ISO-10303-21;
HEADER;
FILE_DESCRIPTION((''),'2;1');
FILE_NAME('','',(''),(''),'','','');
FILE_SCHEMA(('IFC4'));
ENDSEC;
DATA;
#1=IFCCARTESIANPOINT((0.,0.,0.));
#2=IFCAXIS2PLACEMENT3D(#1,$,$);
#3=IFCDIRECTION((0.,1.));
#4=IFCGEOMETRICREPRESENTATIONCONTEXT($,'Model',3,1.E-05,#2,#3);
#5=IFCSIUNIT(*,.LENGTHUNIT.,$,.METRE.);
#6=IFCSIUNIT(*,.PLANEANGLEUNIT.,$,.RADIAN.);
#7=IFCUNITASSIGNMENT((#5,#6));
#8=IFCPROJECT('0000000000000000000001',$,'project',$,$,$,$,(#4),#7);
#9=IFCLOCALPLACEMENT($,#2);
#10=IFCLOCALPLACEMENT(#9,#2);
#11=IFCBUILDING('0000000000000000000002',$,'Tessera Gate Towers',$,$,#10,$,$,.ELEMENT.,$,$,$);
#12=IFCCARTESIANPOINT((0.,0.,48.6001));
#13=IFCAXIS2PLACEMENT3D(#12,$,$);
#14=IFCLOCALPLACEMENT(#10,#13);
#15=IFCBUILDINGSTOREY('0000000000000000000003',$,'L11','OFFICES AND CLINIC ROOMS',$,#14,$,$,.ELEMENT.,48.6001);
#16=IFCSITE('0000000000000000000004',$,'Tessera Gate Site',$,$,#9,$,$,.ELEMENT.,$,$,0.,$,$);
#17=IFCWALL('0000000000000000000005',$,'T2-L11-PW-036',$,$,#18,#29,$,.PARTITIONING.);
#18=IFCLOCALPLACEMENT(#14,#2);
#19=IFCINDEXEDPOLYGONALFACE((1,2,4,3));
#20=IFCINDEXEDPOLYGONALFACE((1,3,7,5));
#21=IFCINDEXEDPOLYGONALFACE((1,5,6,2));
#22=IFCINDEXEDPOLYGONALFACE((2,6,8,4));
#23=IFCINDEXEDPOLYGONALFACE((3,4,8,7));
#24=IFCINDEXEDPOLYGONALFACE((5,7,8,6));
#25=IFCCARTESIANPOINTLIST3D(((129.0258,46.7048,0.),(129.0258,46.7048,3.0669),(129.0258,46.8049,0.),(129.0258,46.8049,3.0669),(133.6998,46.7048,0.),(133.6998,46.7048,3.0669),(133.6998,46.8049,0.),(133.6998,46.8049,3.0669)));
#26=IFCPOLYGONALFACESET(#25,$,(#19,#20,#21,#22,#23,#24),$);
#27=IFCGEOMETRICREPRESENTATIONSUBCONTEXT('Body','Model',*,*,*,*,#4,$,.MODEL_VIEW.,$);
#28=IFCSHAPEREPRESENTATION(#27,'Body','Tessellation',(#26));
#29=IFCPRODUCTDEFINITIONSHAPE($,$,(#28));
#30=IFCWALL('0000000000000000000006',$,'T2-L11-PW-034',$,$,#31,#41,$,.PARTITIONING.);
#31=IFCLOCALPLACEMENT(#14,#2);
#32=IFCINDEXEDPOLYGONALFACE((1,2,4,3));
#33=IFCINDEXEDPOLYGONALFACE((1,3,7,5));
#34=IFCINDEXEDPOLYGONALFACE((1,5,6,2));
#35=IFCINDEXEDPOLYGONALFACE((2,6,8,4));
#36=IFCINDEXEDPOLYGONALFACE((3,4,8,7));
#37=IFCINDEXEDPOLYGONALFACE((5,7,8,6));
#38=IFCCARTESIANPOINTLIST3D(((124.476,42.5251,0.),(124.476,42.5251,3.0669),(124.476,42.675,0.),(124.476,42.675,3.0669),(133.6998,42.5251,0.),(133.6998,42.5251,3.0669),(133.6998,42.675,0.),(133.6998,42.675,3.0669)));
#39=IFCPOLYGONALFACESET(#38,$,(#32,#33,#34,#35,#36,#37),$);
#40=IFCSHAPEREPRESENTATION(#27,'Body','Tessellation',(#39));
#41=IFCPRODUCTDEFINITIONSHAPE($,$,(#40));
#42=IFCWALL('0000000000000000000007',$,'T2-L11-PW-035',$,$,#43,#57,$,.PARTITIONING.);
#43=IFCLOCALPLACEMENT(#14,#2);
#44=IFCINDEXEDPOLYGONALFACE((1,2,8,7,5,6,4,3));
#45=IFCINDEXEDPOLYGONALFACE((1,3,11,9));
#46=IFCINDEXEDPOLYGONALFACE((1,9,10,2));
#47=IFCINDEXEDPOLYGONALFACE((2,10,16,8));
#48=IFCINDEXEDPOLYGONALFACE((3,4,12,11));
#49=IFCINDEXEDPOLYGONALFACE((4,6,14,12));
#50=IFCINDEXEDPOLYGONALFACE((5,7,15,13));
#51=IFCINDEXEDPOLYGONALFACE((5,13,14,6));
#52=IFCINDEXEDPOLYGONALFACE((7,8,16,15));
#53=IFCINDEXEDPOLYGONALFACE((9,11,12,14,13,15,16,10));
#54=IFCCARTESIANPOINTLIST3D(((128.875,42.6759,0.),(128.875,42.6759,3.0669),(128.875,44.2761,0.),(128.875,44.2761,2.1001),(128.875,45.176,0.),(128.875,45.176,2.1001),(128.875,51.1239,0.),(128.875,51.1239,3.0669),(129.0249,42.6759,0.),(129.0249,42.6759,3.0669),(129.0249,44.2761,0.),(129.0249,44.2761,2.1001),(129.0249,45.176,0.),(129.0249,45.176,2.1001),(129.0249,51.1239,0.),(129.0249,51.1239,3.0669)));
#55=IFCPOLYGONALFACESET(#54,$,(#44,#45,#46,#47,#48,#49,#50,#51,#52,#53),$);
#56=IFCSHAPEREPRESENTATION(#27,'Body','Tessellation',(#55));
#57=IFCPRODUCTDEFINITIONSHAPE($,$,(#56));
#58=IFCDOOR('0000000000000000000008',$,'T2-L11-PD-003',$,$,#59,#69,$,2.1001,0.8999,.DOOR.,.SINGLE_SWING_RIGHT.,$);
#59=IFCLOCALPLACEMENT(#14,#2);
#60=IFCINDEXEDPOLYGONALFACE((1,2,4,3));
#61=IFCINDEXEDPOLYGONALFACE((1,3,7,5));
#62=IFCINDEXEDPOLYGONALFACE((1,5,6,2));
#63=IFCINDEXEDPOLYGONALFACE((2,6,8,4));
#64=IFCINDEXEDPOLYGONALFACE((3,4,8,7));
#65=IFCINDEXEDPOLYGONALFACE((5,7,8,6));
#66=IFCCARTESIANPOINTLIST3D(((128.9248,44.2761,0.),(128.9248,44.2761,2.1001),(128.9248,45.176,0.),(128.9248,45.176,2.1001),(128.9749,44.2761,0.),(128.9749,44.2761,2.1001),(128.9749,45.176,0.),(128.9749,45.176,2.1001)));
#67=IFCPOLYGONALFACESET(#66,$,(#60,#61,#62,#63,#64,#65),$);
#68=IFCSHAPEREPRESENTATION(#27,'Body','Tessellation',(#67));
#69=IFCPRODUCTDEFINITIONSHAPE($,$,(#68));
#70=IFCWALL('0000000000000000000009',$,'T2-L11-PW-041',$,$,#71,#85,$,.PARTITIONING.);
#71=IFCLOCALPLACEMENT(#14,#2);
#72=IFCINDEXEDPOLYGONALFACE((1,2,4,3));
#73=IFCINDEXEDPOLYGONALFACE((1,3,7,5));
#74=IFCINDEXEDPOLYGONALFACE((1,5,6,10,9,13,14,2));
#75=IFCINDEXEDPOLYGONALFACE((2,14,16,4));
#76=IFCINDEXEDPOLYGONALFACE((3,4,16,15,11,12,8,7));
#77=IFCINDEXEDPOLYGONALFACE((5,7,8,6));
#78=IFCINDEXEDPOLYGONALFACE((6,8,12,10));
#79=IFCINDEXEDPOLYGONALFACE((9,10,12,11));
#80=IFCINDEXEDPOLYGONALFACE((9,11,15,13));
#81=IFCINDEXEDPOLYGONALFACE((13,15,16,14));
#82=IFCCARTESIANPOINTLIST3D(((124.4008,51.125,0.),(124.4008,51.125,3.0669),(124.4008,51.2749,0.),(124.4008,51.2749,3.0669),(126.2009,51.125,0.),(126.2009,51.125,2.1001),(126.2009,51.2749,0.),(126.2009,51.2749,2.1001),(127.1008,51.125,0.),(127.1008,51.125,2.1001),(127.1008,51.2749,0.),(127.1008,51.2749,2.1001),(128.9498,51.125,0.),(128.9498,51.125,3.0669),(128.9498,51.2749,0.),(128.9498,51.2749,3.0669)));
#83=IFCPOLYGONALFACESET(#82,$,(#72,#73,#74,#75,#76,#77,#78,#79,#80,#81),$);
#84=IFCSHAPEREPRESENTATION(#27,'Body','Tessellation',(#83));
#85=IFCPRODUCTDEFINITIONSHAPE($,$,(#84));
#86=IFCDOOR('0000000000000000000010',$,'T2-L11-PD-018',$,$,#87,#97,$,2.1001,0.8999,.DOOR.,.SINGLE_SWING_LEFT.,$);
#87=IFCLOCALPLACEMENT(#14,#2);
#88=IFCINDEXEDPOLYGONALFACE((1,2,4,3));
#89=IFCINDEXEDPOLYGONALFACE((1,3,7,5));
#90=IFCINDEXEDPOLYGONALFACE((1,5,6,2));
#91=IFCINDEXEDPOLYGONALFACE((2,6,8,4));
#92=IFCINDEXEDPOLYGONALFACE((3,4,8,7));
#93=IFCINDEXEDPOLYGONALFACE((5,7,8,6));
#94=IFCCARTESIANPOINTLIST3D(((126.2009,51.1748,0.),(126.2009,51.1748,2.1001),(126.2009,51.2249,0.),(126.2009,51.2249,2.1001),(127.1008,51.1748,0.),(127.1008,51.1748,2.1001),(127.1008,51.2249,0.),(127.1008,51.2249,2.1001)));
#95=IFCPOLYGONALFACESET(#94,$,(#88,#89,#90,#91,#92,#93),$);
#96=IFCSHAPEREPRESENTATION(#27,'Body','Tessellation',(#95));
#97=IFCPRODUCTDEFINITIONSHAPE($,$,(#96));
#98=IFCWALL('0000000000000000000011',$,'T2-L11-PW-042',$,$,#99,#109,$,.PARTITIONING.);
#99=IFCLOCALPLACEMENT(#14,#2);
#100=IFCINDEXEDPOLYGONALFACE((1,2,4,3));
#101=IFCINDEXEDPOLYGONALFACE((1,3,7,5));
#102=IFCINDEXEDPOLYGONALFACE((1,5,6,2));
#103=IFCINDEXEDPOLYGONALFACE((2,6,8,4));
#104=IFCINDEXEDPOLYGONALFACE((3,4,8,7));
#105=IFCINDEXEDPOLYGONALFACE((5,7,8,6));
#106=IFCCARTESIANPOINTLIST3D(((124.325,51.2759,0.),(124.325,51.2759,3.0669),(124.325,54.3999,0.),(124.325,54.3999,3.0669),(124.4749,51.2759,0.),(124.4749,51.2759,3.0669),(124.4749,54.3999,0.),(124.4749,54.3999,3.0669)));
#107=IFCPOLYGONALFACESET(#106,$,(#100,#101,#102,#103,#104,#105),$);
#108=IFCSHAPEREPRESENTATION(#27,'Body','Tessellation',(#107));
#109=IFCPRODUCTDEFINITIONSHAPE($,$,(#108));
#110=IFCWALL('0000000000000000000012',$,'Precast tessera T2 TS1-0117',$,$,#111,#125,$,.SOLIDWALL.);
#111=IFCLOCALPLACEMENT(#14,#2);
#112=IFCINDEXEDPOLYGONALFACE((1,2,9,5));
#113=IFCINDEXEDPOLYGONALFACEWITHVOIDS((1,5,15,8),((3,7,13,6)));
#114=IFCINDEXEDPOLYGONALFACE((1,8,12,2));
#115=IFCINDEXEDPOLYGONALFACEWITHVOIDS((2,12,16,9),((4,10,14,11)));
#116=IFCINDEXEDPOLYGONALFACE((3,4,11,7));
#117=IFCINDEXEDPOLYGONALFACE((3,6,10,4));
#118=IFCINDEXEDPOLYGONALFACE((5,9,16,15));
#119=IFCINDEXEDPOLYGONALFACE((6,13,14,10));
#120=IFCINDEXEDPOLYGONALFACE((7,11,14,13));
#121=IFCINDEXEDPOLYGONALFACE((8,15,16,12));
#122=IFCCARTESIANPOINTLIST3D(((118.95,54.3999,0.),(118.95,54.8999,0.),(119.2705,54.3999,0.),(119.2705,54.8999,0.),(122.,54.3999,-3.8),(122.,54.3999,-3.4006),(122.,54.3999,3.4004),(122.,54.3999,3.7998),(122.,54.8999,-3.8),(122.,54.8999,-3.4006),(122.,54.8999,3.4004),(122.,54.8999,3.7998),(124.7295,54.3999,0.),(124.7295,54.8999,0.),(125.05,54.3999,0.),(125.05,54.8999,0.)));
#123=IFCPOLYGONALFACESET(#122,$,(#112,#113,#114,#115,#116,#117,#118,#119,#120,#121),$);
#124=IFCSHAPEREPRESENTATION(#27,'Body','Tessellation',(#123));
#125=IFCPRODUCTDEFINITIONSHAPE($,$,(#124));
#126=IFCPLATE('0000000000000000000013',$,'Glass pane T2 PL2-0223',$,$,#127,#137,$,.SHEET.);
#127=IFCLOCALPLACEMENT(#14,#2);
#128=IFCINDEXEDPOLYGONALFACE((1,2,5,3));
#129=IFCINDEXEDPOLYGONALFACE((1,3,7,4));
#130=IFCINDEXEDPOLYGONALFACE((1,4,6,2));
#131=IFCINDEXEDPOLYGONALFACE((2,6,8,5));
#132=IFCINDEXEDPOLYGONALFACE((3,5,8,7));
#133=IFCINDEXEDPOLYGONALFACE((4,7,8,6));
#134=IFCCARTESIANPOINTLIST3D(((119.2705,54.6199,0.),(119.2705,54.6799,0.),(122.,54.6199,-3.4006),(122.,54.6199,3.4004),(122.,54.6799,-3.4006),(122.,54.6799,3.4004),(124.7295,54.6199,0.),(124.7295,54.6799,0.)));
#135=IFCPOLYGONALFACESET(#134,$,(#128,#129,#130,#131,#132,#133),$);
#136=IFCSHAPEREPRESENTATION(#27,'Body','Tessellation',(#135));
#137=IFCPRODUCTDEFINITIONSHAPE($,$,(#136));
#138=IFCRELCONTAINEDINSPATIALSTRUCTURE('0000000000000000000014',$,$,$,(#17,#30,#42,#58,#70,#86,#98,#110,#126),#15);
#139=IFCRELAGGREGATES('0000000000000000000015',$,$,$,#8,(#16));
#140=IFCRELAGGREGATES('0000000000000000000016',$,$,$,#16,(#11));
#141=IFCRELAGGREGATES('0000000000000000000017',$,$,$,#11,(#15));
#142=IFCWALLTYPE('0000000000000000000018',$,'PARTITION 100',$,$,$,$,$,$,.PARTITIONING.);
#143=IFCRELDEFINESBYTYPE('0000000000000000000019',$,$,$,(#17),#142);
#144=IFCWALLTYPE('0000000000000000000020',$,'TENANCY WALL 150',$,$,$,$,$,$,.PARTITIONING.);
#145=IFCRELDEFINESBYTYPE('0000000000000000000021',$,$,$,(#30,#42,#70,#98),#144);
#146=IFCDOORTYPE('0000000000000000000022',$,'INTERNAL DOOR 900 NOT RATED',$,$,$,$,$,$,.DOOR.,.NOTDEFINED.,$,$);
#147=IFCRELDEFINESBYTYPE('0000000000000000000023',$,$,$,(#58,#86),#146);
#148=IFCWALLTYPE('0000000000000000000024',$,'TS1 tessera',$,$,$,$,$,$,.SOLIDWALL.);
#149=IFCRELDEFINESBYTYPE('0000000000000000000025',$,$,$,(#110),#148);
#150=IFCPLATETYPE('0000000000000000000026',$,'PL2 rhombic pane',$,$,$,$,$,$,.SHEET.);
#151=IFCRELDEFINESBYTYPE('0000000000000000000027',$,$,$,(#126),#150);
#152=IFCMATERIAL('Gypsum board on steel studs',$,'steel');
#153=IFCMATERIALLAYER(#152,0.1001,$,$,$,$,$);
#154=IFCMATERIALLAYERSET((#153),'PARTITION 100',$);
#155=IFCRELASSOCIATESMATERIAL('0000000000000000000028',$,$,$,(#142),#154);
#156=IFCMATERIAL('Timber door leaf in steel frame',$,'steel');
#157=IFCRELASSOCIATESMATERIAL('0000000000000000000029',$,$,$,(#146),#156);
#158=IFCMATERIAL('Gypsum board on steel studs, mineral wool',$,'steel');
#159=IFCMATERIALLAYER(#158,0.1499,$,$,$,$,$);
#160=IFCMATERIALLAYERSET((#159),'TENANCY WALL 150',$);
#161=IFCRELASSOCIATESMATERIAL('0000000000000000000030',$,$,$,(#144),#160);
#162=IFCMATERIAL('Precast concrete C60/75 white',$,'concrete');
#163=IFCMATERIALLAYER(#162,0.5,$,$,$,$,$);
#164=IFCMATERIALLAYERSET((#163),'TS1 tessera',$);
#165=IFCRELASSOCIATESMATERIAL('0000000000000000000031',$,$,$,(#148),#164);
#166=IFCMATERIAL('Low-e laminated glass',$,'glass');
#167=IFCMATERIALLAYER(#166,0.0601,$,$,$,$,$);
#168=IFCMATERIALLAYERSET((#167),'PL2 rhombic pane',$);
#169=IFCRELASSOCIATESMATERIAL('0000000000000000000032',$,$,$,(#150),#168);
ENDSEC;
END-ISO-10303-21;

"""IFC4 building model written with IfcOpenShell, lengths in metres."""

from ifc_helpers import new_model, si_unit, direction, frame, frame_2d, origin, place, context, subcontext, project, spatial, polyline, rectangle, outline, extrude, source, transform, mapped, material, layer, layer_set, type_object, element, fill, save


model = new_model("IFC4")

# Units and contexts
model_context = context("Model", 3, precision=1e-05, world=origin(), true_north=direction((0.0, 1.0)))
body_context = subcontext(model_context, "Body", "Model", "MODEL_VIEW")
ifc_project = project(units=[si_unit("LENGTHUNIT", "METRE"), si_unit("PLANEANGLEUNIT", "RADIAN")], contexts=[model_context])

# Site, building, storey
site_placement = place(None, origin())
site = spatial("IfcSite", under=ifc_project, at=site_placement, Name="Tessera Gate Site", CompositionType="ELEMENT", RefElevation=0.0)
building_placement = place(site_placement, origin())
building = spatial("IfcBuilding", under=site, at=building_placement, Name="Tessera Gate Towers", CompositionType="ELEMENT")
storey_placement = place(building_placement, frame((0.0, 0.0, 48.6001)))
storey = spatial("IfcBuildingStorey", under=building, at=storey_placement, Name="L11", Description="OFFICES AND CLINIC ROOMS", CompositionType="ELEMENT", Elevation=48.6001)

# Shared definitions
ifc_material_1 = material(Name="Gypsum board on steel studs", Category="steel")
ifc_layer_1 = layer(ifc_material_1, 0.1001)
ifc_layer_set_1 = layer_set([ifc_layer_1], Name="PARTITION 100")
wall_type_1 = type_object("IfcWallType", Name="PARTITION 100", PredefinedType="PARTITIONING", material=ifc_layer_set_1)
ifc_material_2 = material(Name="Timber door leaf in steel frame", Category="steel")
door_type_1 = type_object("IfcDoorType", Name="INTERNAL DOOR 900 NOT RATED", OperationType="NOTDEFINED", PredefinedType="DOOR", material=ifc_material_2)
shared_shape_1 = source(origin(), body_context, "Body", "SweptSolid", [
    extrude(rectangle(XDim=0.8999, YDim=2.1001, at=frame_2d((0.45, 1.05))), frame((0.0, 0.0249, 0.0), z_axis=(0.0, -1.0, 0.0), x_axis=(1.0, 0.0, 0.0)), (0.0, 0.0, 1.0), 0.05),
])

# Walls
wall_1_placement = place(storey_placement, frame((129.0259, 46.7549, 0.0), z_axis=(0.0, 0.0, 1.0), x_axis=(1.0, 0.0, 0.0)))
element("IfcWall", 1, at=wall_1_placement, inside=storey, type_object=wall_type_1, Name="T2-L11-PW-036", PredefinedType="PARTITIONING", context=body_context, shape_type="SweptSolid", body=[
    extrude(rectangle(XDim=4.6741, YDim=0.1001, at=frame_2d((2.3369, 0.0))), origin(), (0.0, 0.0, 1.0), 3.0669),
])
ifc_material_3 = material(Name="Gypsum board on steel studs, mineral wool", Category="steel")
ifc_layer_2 = layer(ifc_material_3, 0.1499)
ifc_layer_set_2 = layer_set([ifc_layer_2], Name="TENANCY WALL 150")
wall_type_2 = type_object("IfcWallType", Name="TENANCY WALL 150", PredefinedType="PARTITIONING", material=ifc_layer_set_2)
wall_2_placement = place(storey_placement, frame((124.4761, 42.6001, 0.0), z_axis=(0.0, 0.0, 1.0), x_axis=(1.0, 0.0, 0.0)))
element("IfcWall", 2, at=wall_2_placement, inside=storey, type_object=wall_type_2, Name="T2-L11-PW-034", PredefinedType="PARTITIONING", context=body_context, shape_type="SweptSolid", body=[
    extrude(rectangle(XDim=9.2239, YDim=0.1499, at=frame_2d((4.6118, 0.0))), origin(), (0.0, 0.0, 1.0), 3.0669),
])

# Walls, openings, doors
wall_3_placement = place(storey_placement, frame((128.95, 51.124, 0.0), z_axis=(0.0, 0.0, 1.0), x_axis=(0.0, -1.0, 0.0)))
wall_3 = element("IfcWall", 3, at=wall_3_placement, inside=storey, type_object=wall_type_2, Name="T2-L11-PW-035", PredefinedType="PARTITIONING", context=body_context, shape_type="SweptSolid", body=[
    extrude(rectangle(XDim=8.448, YDim=0.1499, at=frame_2d((4.2241, 0.0))), origin(), (0.0, 0.0, 1.0), 3.0669),
])
shared_shape_2 = source(origin(), body_context, "Body", "SweptSolid", [
    extrude(rectangle(XDim=0.8999, YDim=2.1001, at=frame_2d((0.45, 1.05))), frame((0.0, 0.085, 0.0), z_axis=(0.0, -1.0, 0.0), x_axis=(1.0, 0.0, 0.0)), (0.0, 0.0, 1.0), 0.1699),
])
opening_1_placement = place(wall_3_placement, frame((5.948, 0.0, 0.0)))
opening_1 = element("IfcOpeningElement", 4, at=opening_1_placement, cuts=wall_3, PredefinedType="OPENING", context=body_context, shape_type="MappedRepresentation", body=[
    mapped(shared_shape_2, transform((0.0, 0.0, 0.0), scale=1.0)),
])
door_1_placement = place(opening_1_placement, origin())
door_1 = element("IfcDoor", 5, at=door_1_placement, inside=storey, type_object=door_type_1, Name="T2-L11-PD-003", OperationType="SINGLE_SWING_RIGHT", OverallHeight=2.1001, OverallWidth=0.8999, PredefinedType="DOOR", context=body_context, shape_type="MappedRepresentation", body=[
    mapped(shared_shape_1, transform((0.0, 0.0, 0.0), scale=1.0)),
])
fill(opening_1, door_1)
wall_4_placement = place(storey_placement, frame((124.4009, 51.2, 0.0), z_axis=(0.0, 0.0, 1.0), x_axis=(1.0, 0.0, 0.0)))
wall_4 = element("IfcWall", 6, at=wall_4_placement, inside=storey, type_object=wall_type_2, Name="T2-L11-PW-041", PredefinedType="PARTITIONING", context=body_context, shape_type="SweptSolid", body=[
    extrude(rectangle(XDim=4.5491, YDim=0.1499, at=frame_2d((2.2744, 0.0))), origin(), (0.0, 0.0, 1.0), 3.0669),
])
opening_2_placement = place(wall_4_placement, frame((1.8, 0.0, 0.0)))
opening_2 = element("IfcOpeningElement", 7, at=opening_2_placement, cuts=wall_4, PredefinedType="OPENING", context=body_context, shape_type="MappedRepresentation", body=[
    mapped(shared_shape_2, transform((0.0, 0.0, 0.0), scale=1.0)),
])
door_2_placement = place(opening_2_placement, origin())
door_2 = element("IfcDoor", 8, at=door_2_placement, inside=storey, type_object=door_type_1, Name="T2-L11-PD-018", OperationType="SINGLE_SWING_LEFT", OverallHeight=2.1001, OverallWidth=0.8999, PredefinedType="DOOR", context=body_context, shape_type="MappedRepresentation", body=[
    mapped(shared_shape_1, transform((0.0, 0.0, 0.0), scale=1.0)),
])
fill(opening_2, door_2)

# Wall
wall_5_placement = place(storey_placement, frame((124.3999, 51.2759, 0.0), z_axis=(0.0, 0.0, 1.0), x_axis=(0.0, 1.0, 0.0)))
element("IfcWall", 9, at=wall_5_placement, inside=storey, type_object=wall_type_2, Name="T2-L11-PW-042", PredefinedType="PARTITIONING", context=body_context, shape_type="SweptSolid", body=[
    extrude(rectangle(XDim=3.124, YDim=0.1499, at=frame_2d((1.562, 0.0))), origin(), (0.0, 0.0, 1.0), 3.0669),
])

# Wall, opening, plate
ifc_material_4 = material(Name="Precast concrete C60/75 white", Category="concrete")
ifc_layer_3 = layer(ifc_material_4, 0.5)
ifc_layer_set_3 = layer_set([ifc_layer_3], Name="TS1 tessera")
wall_type_3 = type_object("IfcWallType", Name="TS1 tessera", PredefinedType="SOLIDWALL", material=ifc_layer_set_3)
shared_shape_3 = source(origin(), body_context, "Body", "SweptSolid", [
    extrude(outline(polyline([(3.05, 0.0), (6.1001, 3.8), (3.05, 7.5999), (0.0, 3.8), (3.05, 0.0)])), frame((0.0, 0.25, 0.0), z_axis=(0.0, -1.0, 0.0), x_axis=(1.0, 0.0, 0.0)), (0.0, 0.0, 1.0), 0.5),
])
wall_6_placement = place(storey_placement, frame((125.05, 54.6499, -3.8), z_axis=(0.0, 0.0, 1.0), x_axis=(-1.0, 0.0, 0.0)))
wall_6 = element("IfcWall", 10, at=wall_6_placement, inside=storey, type_object=wall_type_3, Name="Precast tessera T2 TS1-0117", PredefinedType="SOLIDWALL", context=body_context, shape_type="MappedRepresentation", body=[
    mapped(shared_shape_3, transform((0.0, 0.0, 0.0), scale=1.0)),
])
shared_shape_4 = source(origin(), body_context, "Body", "SweptSolid", [
    extrude(outline(polyline([(3.05, 0.3994), (5.7795, 3.8), (3.05, 7.2004), (0.3206, 3.8), (3.05, 0.3994)])), frame((0.0, 0.26, 0.0), z_axis=(0.0, -1.0, 0.0), x_axis=(1.0, 0.0, 0.0)), (0.0, 0.0, 1.0), 0.52),
])
opening_3_placement = place(wall_6_placement, origin())
opening_3 = element("IfcOpeningElement", 11, at=opening_3_placement, cuts=wall_6, PredefinedType="OPENING", context=body_context, shape_type="MappedRepresentation", body=[
    mapped(shared_shape_4, transform((0.0, 0.0, 0.0), scale=1.0)),
])
ifc_material_5 = material(Name="Low-e laminated glass", Category="glass")
ifc_layer_4 = layer(ifc_material_5, 0.0601)
ifc_layer_set_4 = layer_set([ifc_layer_4], Name="PL2 rhombic pane")
plate_type = type_object("IfcPlateType", Name="PL2 rhombic pane", PredefinedType="SHEET", material=ifc_layer_set_4)
shared_shape_5 = source(origin(), body_context, "Body", "SweptSolid", [
    extrude(outline(polyline([(3.05, 0.3994), (5.7795, 3.8), (3.05, 7.2004), (0.3206, 3.8), (3.05, 0.3994)])), frame((0.0, 0.03, 0.0), z_axis=(0.0, -1.0, 0.0), x_axis=(1.0, 0.0, 0.0)), (0.0, 0.0, 1.0), 0.0601),
])
plate_placement = place(opening_3_placement, origin())
plate = element("IfcPlate", 12, at=plate_placement, inside=storey, type_object=plate_type, Name="Glass pane T2 PL2-0223", PredefinedType="SHEET", context=body_context, shape_type="MappedRepresentation", body=[
    mapped(shared_shape_5, transform((0.0, 0.0, 0.0), scale=1.0)),
])
fill(opening_3, plate)

save(model, "model.ifc")
